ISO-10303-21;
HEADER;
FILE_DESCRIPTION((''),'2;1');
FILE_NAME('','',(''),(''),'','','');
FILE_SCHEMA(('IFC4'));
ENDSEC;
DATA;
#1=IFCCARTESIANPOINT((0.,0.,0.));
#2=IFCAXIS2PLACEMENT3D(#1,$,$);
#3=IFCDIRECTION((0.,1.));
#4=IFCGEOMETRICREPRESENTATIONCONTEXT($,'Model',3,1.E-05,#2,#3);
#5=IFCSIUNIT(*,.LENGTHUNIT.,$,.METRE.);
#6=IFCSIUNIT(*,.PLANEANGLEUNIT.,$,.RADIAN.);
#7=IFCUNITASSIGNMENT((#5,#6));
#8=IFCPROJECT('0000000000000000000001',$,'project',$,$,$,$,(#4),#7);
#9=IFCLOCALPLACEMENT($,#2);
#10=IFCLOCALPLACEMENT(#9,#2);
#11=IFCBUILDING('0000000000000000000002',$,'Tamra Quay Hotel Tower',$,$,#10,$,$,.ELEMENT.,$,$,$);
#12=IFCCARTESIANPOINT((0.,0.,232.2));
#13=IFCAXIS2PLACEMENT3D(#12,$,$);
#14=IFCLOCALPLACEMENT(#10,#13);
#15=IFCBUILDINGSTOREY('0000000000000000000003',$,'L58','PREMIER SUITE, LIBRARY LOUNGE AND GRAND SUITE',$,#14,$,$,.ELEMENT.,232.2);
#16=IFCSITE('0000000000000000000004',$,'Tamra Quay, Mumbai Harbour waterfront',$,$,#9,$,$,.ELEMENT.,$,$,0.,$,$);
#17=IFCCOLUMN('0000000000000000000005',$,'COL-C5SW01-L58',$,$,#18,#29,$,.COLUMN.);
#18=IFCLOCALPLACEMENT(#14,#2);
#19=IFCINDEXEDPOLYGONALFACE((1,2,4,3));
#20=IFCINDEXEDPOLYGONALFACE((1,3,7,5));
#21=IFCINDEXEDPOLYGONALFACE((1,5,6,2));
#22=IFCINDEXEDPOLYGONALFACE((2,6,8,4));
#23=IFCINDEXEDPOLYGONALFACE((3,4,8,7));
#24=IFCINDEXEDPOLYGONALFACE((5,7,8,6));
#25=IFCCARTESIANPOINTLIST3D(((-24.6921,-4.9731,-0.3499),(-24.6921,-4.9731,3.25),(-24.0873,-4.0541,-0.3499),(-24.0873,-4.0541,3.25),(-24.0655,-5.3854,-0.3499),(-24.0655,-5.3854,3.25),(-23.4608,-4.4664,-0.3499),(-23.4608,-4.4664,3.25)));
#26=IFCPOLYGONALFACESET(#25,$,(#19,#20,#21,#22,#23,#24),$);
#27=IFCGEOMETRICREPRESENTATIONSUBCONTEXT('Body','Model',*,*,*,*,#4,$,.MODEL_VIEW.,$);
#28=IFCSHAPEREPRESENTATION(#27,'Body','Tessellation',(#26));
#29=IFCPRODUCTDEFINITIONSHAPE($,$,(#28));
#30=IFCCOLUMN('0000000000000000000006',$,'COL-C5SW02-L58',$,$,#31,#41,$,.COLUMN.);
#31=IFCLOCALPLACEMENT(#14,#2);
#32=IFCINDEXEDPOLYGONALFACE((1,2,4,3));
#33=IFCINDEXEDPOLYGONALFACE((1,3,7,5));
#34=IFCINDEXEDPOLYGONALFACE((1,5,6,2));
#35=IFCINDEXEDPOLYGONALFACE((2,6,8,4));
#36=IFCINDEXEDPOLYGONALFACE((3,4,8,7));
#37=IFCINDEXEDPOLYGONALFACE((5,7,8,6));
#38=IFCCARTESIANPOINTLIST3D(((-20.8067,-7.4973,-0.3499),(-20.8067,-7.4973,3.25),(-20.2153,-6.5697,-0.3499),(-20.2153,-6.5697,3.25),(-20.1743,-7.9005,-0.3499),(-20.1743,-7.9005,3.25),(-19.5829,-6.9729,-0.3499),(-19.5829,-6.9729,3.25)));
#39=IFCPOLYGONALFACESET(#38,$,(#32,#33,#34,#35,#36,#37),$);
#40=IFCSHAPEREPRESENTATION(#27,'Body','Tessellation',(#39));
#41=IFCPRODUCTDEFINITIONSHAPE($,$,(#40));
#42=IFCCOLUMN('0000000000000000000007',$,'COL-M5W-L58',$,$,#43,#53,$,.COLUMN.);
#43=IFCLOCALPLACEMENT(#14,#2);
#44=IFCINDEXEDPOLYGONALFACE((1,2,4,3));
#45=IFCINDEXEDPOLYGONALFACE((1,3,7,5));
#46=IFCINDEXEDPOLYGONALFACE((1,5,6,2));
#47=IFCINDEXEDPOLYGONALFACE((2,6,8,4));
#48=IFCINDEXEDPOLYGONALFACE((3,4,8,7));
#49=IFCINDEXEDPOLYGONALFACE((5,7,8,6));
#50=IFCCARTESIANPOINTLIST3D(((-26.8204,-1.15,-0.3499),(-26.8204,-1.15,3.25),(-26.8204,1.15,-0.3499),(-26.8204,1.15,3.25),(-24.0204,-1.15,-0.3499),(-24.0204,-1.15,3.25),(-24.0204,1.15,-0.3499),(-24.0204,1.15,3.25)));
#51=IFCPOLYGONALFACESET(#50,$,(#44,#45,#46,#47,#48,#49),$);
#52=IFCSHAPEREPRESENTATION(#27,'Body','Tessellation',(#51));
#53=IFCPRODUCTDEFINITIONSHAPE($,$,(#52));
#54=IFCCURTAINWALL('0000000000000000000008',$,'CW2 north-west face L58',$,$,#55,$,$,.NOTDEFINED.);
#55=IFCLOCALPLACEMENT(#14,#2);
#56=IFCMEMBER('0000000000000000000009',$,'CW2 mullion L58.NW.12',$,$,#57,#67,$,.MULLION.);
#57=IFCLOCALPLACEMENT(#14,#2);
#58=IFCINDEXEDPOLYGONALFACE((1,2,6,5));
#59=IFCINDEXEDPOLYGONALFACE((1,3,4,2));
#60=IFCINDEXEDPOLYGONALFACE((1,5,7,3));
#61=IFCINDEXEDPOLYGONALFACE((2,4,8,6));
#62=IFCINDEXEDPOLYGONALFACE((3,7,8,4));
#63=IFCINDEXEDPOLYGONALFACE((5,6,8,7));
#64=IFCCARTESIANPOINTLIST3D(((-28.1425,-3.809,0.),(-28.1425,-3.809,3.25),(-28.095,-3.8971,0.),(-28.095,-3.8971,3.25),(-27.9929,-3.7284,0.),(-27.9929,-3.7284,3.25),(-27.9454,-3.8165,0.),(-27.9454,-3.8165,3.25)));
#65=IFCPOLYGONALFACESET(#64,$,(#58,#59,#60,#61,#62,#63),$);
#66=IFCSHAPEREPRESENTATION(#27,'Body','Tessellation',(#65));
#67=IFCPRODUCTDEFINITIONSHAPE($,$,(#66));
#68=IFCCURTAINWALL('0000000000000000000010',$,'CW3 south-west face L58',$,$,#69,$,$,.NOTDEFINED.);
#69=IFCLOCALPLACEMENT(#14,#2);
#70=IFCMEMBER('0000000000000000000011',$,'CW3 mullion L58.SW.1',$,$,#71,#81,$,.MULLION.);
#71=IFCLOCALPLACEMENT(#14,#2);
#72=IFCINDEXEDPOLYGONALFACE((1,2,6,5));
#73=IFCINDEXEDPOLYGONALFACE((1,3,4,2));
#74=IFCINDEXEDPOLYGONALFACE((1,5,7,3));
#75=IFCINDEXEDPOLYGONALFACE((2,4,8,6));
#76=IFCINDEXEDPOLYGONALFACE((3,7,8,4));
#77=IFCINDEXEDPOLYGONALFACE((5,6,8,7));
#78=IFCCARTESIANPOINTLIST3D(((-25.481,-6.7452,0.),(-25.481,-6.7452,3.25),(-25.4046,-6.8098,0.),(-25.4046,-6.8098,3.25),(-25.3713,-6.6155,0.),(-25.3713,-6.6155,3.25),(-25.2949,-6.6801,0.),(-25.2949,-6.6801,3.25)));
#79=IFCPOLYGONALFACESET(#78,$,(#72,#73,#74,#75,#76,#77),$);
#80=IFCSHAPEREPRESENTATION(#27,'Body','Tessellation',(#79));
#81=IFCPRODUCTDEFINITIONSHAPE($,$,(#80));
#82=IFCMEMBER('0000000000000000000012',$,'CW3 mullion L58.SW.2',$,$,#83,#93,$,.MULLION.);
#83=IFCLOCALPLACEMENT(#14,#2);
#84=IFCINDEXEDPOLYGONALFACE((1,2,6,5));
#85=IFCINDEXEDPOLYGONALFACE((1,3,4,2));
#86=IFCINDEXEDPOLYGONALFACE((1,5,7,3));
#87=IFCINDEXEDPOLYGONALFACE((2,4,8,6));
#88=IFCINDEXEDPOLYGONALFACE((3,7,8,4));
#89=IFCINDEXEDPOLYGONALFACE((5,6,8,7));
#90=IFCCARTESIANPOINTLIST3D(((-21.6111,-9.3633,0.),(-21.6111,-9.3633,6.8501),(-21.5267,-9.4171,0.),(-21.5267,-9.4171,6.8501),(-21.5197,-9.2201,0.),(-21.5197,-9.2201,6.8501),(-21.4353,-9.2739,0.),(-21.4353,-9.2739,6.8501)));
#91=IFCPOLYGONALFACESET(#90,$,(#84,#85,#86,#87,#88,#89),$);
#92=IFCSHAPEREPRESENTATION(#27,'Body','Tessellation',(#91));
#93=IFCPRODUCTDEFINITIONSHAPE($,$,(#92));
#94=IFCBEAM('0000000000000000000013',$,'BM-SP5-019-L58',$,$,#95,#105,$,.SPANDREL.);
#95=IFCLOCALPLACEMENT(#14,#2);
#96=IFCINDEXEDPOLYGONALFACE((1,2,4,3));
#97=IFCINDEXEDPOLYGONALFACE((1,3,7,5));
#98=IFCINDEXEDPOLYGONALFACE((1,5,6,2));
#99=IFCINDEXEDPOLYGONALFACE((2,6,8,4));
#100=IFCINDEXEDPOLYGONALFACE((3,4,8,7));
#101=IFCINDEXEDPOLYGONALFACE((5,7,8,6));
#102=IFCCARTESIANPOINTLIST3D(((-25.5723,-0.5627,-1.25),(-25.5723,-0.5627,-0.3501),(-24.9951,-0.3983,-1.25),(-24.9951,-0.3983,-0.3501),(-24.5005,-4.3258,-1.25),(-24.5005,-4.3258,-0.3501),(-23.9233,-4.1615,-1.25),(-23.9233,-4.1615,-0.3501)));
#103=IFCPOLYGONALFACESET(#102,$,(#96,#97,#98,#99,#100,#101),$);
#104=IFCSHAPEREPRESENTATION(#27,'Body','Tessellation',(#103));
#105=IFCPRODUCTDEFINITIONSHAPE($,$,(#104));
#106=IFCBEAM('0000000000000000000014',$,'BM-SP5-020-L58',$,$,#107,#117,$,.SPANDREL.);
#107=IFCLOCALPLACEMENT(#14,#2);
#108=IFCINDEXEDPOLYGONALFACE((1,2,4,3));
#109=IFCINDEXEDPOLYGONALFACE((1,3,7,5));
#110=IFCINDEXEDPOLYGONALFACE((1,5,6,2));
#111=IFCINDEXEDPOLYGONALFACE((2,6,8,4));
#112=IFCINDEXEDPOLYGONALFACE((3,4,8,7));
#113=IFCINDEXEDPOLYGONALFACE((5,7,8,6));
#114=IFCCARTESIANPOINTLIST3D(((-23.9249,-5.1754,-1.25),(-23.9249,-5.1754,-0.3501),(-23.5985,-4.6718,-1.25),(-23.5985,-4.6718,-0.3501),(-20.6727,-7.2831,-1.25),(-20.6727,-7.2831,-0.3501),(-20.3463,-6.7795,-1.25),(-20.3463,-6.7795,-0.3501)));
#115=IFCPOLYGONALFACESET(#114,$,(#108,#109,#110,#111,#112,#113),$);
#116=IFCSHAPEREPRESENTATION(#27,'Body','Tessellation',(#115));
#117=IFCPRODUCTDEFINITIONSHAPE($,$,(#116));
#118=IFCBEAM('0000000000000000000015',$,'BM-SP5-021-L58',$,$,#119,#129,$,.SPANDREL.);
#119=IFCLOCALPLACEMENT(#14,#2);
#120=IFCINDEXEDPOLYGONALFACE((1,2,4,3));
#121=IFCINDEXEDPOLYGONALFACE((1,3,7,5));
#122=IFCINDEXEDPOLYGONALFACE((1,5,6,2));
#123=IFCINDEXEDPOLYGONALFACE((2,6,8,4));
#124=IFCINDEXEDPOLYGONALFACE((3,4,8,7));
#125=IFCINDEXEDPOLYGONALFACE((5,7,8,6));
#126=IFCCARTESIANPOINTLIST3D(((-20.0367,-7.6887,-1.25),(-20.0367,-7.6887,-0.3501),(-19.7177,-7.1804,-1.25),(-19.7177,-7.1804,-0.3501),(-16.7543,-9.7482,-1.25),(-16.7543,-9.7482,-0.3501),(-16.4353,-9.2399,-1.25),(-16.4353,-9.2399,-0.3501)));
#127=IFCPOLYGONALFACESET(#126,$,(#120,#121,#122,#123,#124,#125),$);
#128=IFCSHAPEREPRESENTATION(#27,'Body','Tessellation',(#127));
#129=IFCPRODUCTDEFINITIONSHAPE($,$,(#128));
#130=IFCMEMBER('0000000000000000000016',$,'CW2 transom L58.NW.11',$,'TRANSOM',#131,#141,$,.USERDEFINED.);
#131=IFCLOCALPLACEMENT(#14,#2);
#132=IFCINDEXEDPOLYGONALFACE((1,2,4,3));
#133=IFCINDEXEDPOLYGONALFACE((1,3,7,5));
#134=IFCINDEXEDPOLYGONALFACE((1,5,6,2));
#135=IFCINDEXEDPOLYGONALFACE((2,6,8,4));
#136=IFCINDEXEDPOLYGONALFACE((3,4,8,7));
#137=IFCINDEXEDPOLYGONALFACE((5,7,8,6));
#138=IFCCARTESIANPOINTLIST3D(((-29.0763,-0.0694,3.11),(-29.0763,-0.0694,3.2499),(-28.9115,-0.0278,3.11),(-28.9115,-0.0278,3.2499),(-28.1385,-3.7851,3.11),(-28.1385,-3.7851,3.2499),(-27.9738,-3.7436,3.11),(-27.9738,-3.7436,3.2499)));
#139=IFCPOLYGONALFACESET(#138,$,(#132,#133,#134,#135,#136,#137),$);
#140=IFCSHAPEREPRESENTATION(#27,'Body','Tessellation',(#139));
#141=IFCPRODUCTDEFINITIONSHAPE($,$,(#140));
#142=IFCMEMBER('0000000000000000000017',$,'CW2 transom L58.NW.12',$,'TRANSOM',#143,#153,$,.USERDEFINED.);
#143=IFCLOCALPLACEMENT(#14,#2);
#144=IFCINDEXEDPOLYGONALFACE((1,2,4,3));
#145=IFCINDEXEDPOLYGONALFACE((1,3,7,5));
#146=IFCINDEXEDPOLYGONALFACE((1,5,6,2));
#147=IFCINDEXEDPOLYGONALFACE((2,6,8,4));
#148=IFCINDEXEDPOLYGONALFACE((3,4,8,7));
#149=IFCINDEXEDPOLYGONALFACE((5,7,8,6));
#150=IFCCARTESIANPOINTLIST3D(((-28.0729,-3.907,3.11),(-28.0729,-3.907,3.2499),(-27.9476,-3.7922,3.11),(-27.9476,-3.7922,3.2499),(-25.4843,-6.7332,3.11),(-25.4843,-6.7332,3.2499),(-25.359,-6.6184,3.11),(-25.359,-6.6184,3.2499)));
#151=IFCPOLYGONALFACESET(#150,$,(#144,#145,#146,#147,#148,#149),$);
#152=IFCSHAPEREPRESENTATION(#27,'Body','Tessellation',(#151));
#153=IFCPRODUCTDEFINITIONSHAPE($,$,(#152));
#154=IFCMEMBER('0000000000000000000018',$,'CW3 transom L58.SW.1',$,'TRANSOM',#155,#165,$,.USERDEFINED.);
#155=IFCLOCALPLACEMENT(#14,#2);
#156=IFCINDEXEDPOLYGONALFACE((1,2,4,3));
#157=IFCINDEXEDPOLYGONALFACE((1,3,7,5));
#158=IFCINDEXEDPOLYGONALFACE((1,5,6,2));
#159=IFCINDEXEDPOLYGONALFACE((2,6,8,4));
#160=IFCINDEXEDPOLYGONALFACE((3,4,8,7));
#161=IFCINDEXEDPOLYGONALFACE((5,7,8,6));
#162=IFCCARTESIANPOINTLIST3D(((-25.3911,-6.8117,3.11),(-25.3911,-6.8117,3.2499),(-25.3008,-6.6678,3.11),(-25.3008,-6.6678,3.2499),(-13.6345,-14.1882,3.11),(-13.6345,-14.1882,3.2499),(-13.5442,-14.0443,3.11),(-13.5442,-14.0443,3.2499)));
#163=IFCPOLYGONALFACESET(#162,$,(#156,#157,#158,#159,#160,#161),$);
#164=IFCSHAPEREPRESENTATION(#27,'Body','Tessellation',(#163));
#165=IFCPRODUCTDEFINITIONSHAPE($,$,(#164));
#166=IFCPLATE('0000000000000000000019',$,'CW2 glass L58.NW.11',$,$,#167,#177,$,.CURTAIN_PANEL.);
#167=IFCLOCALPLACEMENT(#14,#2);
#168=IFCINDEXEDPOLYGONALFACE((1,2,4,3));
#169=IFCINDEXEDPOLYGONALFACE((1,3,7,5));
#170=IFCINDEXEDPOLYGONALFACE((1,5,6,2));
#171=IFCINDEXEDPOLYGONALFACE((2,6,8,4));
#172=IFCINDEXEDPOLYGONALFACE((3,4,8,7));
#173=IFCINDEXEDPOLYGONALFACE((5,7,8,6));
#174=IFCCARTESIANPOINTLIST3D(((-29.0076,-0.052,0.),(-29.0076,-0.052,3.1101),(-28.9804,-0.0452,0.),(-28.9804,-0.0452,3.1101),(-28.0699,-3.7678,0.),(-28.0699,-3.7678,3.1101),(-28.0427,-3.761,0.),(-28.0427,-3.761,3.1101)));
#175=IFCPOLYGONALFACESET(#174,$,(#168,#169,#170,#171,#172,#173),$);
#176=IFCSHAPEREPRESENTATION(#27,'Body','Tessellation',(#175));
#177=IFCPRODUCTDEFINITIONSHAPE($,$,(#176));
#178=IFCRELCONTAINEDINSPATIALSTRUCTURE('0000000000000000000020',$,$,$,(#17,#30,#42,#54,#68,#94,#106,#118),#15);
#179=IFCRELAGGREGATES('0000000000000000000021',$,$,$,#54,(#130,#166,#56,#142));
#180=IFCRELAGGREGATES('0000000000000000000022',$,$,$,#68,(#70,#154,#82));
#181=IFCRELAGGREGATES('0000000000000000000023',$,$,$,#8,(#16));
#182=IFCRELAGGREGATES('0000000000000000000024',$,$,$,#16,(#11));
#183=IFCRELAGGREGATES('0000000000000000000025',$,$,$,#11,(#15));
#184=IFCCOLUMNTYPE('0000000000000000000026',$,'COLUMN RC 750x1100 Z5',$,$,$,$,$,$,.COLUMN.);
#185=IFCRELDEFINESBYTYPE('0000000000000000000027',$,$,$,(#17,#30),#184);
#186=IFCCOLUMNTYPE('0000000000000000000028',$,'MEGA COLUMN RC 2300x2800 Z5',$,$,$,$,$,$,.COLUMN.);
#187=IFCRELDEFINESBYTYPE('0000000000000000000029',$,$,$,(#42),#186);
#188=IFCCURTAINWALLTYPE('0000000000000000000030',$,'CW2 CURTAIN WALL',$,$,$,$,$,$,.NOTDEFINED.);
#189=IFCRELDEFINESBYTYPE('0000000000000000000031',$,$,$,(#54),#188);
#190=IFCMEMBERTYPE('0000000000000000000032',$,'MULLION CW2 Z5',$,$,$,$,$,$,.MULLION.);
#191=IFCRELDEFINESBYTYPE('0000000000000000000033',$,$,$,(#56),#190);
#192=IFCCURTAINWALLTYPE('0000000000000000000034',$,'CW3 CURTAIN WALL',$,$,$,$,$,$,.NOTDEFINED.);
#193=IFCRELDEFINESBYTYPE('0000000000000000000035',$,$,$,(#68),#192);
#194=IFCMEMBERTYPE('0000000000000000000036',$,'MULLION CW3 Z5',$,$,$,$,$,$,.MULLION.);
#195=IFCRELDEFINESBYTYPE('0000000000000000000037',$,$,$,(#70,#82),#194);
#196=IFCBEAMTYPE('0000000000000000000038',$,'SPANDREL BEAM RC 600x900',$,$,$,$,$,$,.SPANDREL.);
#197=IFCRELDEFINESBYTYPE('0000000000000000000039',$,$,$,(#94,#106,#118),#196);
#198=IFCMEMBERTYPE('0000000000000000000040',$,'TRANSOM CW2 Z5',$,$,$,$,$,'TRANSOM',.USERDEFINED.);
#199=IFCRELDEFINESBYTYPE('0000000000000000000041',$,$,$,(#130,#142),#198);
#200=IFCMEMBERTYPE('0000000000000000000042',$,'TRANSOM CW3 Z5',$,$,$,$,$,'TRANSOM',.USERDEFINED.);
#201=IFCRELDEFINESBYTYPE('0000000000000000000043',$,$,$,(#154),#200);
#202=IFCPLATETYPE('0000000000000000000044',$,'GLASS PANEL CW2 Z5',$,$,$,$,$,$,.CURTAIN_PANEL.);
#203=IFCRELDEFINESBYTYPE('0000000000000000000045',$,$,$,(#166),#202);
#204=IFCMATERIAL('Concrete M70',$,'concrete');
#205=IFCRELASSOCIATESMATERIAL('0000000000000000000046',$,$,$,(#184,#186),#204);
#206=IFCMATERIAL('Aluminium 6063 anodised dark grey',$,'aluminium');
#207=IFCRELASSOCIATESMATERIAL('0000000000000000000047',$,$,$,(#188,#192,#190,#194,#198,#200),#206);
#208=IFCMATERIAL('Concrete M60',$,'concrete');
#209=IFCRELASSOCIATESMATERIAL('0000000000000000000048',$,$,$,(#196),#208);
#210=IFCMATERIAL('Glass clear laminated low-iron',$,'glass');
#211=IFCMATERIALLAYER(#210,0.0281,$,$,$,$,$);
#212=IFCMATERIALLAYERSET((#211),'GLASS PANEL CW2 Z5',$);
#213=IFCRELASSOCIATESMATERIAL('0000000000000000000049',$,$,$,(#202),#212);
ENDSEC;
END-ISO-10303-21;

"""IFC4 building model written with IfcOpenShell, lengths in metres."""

from ifc_helpers import new_model, si_unit, direction, frame, origin, origin_2d, place, context, subcontext, project, spatial, rectangle, extrude, material, layer, layer_set, material_profile, profile_set, type_object, element, aggregate, save


model = new_model("IFC4")

# Units and contexts
model_context = context("Model", 3, precision=1e-05, world=origin(), true_north=direction((0.0, 1.0)))
body_context = subcontext(model_context, "Body", "Model", "MODEL_VIEW")
ifc_project = project(units=[si_unit("LENGTHUNIT", "METRE"), si_unit("PLANEANGLEUNIT", "RADIAN")], contexts=[model_context])

# Site, building, storey
site_placement = place(None, origin())
site = spatial("IfcSite", under=ifc_project, at=site_placement, Name="Tamra Quay, Mumbai Harbour waterfront", CompositionType="ELEMENT", RefElevation=0.0)
building_placement = place(site_placement, origin())
building = spatial("IfcBuilding", under=site, at=building_placement, Name="Tamra Quay Hotel Tower", CompositionType="ELEMENT")
storey_placement = place(building_placement, frame((0.0, 0.0, 232.2)))
storey = spatial("IfcBuildingStorey", under=building, at=storey_placement, Name="L58", Description="PREMIER SUITE, LIBRARY LOUNGE AND GRAND SUITE", CompositionType="ELEMENT", Elevation=232.2)

# Columns
ifc_material_1 = material(Name="Concrete M70", Category="concrete")
ifc_material_profile_1 = material_profile(ifc_material_1, rectangle(XDim=1.1001, YDim=0.75, at=origin_2d()), Name="COLUMN RC 750x1100 Z5")
ifc_profile_set_1 = profile_set([ifc_material_profile_1], Name="Concrete M70")
column_type_1 = type_object("IfcColumnType", Name="COLUMN RC 750x1100 Z5", PredefinedType="COLUMN", material=ifc_profile_set_1)
for number, where, z_axis, x_axis, name in (
    (1, (-24.0764, -4.7197, -0.3499), (0.0, 0.0, 1.0), (0.549739, 0.835337, 0.0), "COL-C5SW01-L58"),
    (2, (-20.1948, -7.2351, -0.3499), (0.0, 0.0, 1.0), (0.537585, 0.843209, 0.0), "COL-C5SW02-L58"),
):
    element("IfcColumn", number, at=place(storey_placement, frame(where, z_axis=z_axis, x_axis=x_axis)), inside=storey, type_object=column_type_1, Name=name, PredefinedType="COLUMN", context=body_context, shape_type="SweptSolid", body=[
        extrude(rectangle(XDim=1.1001, YDim=0.75, at=origin_2d()), origin(), (0.0, 0.0, 1.0), 3.5999),
    ])
ifc_material_profile_2 = material_profile(ifc_material_1, rectangle(XDim=2.8, YDim=2.3, at=origin_2d()), Name="MEGA COLUMN RC 2300x2800 Z5")
ifc_profile_set_2 = profile_set([ifc_material_profile_2], Name="Concrete M70")
column_type_2 = type_object("IfcColumnType", Name="MEGA COLUMN RC 2300x2800 Z5", PredefinedType="COLUMN", material=ifc_profile_set_2)
column_placement = place(storey_placement, frame((-25.4204, 0.0, -0.3499), z_axis=(0.0, 0.0, 1.0), x_axis=(1.0, 0.0, 0.0)))
element("IfcColumn", 3, at=column_placement, inside=storey, type_object=column_type_2, Name="COL-M5W-L58", PredefinedType="COLUMN", context=body_context, shape_type="SweptSolid", body=[
    extrude(rectangle(XDim=2.8, YDim=2.3, at=origin_2d()), origin(), (0.0, 0.0, 1.0), 3.5999),
])

# Curtain wall, member
ifc_material_2 = material(Name="Aluminium 6063 anodised dark grey", Category="aluminium")
curtain_wall_type_1 = type_object("IfcCurtainWallType", Name="CW2 CURTAIN WALL", PredefinedType="NOTDEFINED", material=ifc_material_2)
curtain_wall_1_placement = place(storey_placement, origin())
curtain_wall_1 = element("IfcCurtainWall", 4, at=curtain_wall_1_placement, inside=storey, type_object=curtain_wall_type_1, Name="CW2 north-west face L58", PredefinedType="NOTDEFINED")
ifc_material_profile_3 = material_profile(ifc_material_2, rectangle(XDim=0.1699, YDim=0.1001, at=origin_2d()), Name="MULLION 100X170")
ifc_profile_set_3 = profile_set([ifc_material_profile_3], Name="Aluminium 6063 anodised dark grey")
member_type_1 = type_object("IfcMemberType", Name="MULLION CW2 Z5", PredefinedType="MULLION", material=ifc_profile_set_3)
member_1_placement = place(storey_placement, frame((-28.0439, -3.8127, 0.0), z_axis=(0.0, 0.0, 1.0), x_axis=(-0.880267, -0.474479, 0.0)))
member_1 = element("IfcMember", 5, at=member_1_placement, type_object=member_type_1, Name="CW2 mullion L58.NW.12", PredefinedType="MULLION", context=body_context, shape_type="SweptSolid", body=[
    extrude(rectangle(XDim=0.1699, YDim=0.1001, at=origin_2d()), origin(), (0.0, 0.0, 1.0), 3.25),
])

# Curtain wall, members
curtain_wall_type_2 = type_object("IfcCurtainWallType", Name="CW3 CURTAIN WALL", PredefinedType="NOTDEFINED", material=ifc_material_2)
curtain_wall_2_placement = place(storey_placement, origin())
curtain_wall_2 = element("IfcCurtainWall", 6, at=curtain_wall_2_placement, inside=storey, type_object=curtain_wall_type_2, Name="CW3 south-west face L58", PredefinedType="NOTDEFINED")
ifc_material_profile_4 = material_profile(ifc_material_2, rectangle(XDim=0.1699, YDim=0.1001, at=origin_2d()), Name="MULLION 100X170")
ifc_profile_set_4 = profile_set([ifc_material_profile_4], Name="Aluminium 6063 anodised dark grey")
member_type_2 = type_object("IfcMemberType", Name="MULLION CW3 Z5", PredefinedType="MULLION", material=ifc_profile_set_4)
member_2_placement = place(storey_placement, frame((-25.3879, -6.7126, 0.0), z_axis=(0.0, 0.0, 1.0), x_axis=(-0.645846, -0.763467, 0.0)))
member_2 = element("IfcMember", 7, at=member_2_placement, type_object=member_type_2, Name="CW3 mullion L58.SW.1", PredefinedType="MULLION", context=body_context, shape_type="SweptSolid", body=[
    extrude(rectangle(XDim=0.1699, YDim=0.1001, at=origin_2d()), origin(), (0.0, 0.0, 1.0), 3.25),
])
member_3_placement = place(storey_placement, frame((-21.5232, -9.3186, 0.0), z_axis=(0.0, 0.0, 1.0), x_axis=(-0.537684, -0.843147, 0.0)))
member_3 = element("IfcMember", 8, at=member_3_placement, type_object=member_type_2, Name="CW3 mullion L58.SW.2", PredefinedType="MULLION", context=body_context, shape_type="SweptSolid", body=[
    extrude(rectangle(XDim=0.1699, YDim=0.1001, at=origin_2d()), origin(), (0.0, 0.0, 1.0), 6.8501),
])

# Beams
ifc_material_3 = material(Name="Concrete M60", Category="concrete")
ifc_material_profile_5 = material_profile(ifc_material_3, rectangle(XDim=0.6001, YDim=0.8999, at=origin_2d()), Name="SPANDREL BEAM RC 600x900")
ifc_profile_set_5 = profile_set([ifc_material_profile_5], Name="Concrete M60")
beam_type = type_object("IfcBeamType", Name="SPANDREL BEAM RC 600x900", PredefinedType="SPANDREL", material=ifc_profile_set_5)
beam_1_placement = place(storey_placement, frame((-25.2837, -0.4805, -0.8), z_axis=(0.273913, -0.961754, 0.0), x_axis=(0.961754, 0.273913, 0.0)))
element("IfcBeam", 9, at=beam_1_placement, inside=storey, type_object=beam_type, Name="BM-SP5-019-L58", PredefinedType="SPANDREL", context=body_context, shape_type="SweptSolid", body=[
    extrude(rectangle(XDim=0.6001, YDim=0.8999, at=origin_2d()), origin(), (0.0, 0.0, 1.0), 3.9128),
])
beam_2_placement = place(storey_placement, frame((-23.7617, -4.9236, -0.8), z_axis=(0.839181, -0.543852, 0.0), x_axis=(0.543852, 0.839181, 0.0)))
element("IfcBeam", 10, at=beam_2_placement, inside=storey, type_object=beam_type, Name="BM-SP5-020-L58", PredefinedType="SPANDREL", context=body_context, shape_type="SweptSolid", body=[
    extrude(rectangle(XDim=0.6001, YDim=0.8999, at=origin_2d()), origin(), (0.0, 0.0, 1.0), 3.8755),
])
beam_3_placement = place(storey_placement, frame((-19.8772, -7.4346, -0.8), z_axis=(0.847066, -0.531488, 0.0), x_axis=(0.531488, 0.847066, 0.0)))
element("IfcBeam", 11, at=beam_3_placement, inside=storey, type_object=beam_type, Name="BM-SP5-021-L58", PredefinedType="SPANDREL", context=body_context, shape_type="SweptSolid", body=[
    extrude(rectangle(XDim=0.6001, YDim=0.8999, at=origin_2d()), origin(), (0.0, 0.0, 1.0), 3.875),
])

# Members
ifc_material_profile_6 = material_profile(ifc_material_2, rectangle(XDim=0.1699, YDim=0.1399, at=origin_2d()), Name="TRANSOM 170X140")
ifc_profile_set_6 = profile_set([ifc_material_profile_6], Name="Aluminium 6063 anodised dark grey")
member_type_3 = type_object("IfcMemberType", Name="TRANSOM CW2 Z5", ElementType="TRANSOM", PredefinedType="USERDEFINED", material=ifc_profile_set_6)
member_4_placement = place(storey_placement, frame((-28.9939, -0.0486, 3.1799), z_axis=(0.244694, -0.9696, 0.0), x_axis=(0.9696, 0.244694, 0.0)))
member_4 = element("IfcMember", 12, at=member_4_placement, type_object=member_type_3, Name="CW2 transom L58.NW.11", ObjectType="TRANSOM", PredefinedType="USERDEFINED", context=body_context, shape_type="SweptSolid", body=[
    extrude(rectangle(XDim=0.1699, YDim=0.1399, at=origin_2d()), origin(), (0.0, 0.0, 1.0), 3.8323),
])
member_5_placement = place(storey_placement, frame((-28.0103, -3.8496, 3.1799), z_axis=(0.675436, -0.737419, 0.0), x_axis=(0.737419, 0.675436, 0.0)))
member_5 = element("IfcMember", 13, at=member_5_placement, type_object=member_type_3, Name="CW2 transom L58.NW.12", ObjectType="TRANSOM", PredefinedType="USERDEFINED", context=body_context, shape_type="SweptSolid", body=[
    extrude(rectangle(XDim=0.1699, YDim=0.1399, at=origin_2d()), origin(), (0.0, 0.0, 1.0), 3.8325),
])
ifc_material_profile_7 = material_profile(ifc_material_2, rectangle(XDim=0.1699, YDim=0.1399, at=origin_2d()), Name="TRANSOM 170X140")
ifc_profile_set_7 = profile_set([ifc_material_profile_7], Name="Aluminium 6063 anodised dark grey")
member_type_4 = type_object("IfcMemberType", Name="TRANSOM CW3 Z5", ElementType="TRANSOM", PredefinedType="USERDEFINED", material=ifc_profile_set_7)
member_6_placement = place(storey_placement, frame((-25.3459, -6.7397, 3.1799), z_axis=(0.847071, -0.53148, 0.0), x_axis=(0.53148, 0.847071, 0.0)))
member_6 = element("IfcMember", 14, at=member_6_placement, type_object=member_type_4, Name="CW3 transom L58.SW.1", ObjectType="TRANSOM", PredefinedType="USERDEFINED", context=body_context, shape_type="SweptSolid", body=[
    extrude(rectangle(XDim=0.1699, YDim=0.1399, at=origin_2d()), origin(), (0.0, 0.0, 1.0), 13.8792),
])

# Plate
ifc_material_4 = material(Name="Glass clear laminated low-iron", Category="glass")
ifc_layer_1 = layer(ifc_material_4, 0.0281)
ifc_layer_set_1 = layer_set([ifc_layer_1], Name="GLASS PANEL CW2 Z5")
plate_type_1 = type_object("IfcPlateType", Name="GLASS PANEL CW2 Z5", PredefinedType="CURTAIN_PANEL", material=ifc_layer_set_1)
plate_1_placement = place(storey_placement, frame((-28.5251, -1.9065, 0.0), z_axis=(0.0, 0.0, 1.0), x_axis=(0.244677, -0.969605, 0.0)))
plate_1 = element("IfcPlate", 15, at=plate_1_placement, type_object=plate_type_1, Name="CW2 glass L58.NW.11", PredefinedType="CURTAIN_PANEL", context=body_context, shape_type="SweptSolid", body=[
    extrude(rectangle(XDim=3.8323, YDim=0.0281, at=origin_2d()), origin(), (0.0, 0.0, 1.0), 3.1101),
])
aggregate(curtain_wall_1, [member_4, plate_1, member_1, member_5])
aggregate(curtain_wall_2, [member_2, member_6, member_3])

save(model, "model.ifc")
